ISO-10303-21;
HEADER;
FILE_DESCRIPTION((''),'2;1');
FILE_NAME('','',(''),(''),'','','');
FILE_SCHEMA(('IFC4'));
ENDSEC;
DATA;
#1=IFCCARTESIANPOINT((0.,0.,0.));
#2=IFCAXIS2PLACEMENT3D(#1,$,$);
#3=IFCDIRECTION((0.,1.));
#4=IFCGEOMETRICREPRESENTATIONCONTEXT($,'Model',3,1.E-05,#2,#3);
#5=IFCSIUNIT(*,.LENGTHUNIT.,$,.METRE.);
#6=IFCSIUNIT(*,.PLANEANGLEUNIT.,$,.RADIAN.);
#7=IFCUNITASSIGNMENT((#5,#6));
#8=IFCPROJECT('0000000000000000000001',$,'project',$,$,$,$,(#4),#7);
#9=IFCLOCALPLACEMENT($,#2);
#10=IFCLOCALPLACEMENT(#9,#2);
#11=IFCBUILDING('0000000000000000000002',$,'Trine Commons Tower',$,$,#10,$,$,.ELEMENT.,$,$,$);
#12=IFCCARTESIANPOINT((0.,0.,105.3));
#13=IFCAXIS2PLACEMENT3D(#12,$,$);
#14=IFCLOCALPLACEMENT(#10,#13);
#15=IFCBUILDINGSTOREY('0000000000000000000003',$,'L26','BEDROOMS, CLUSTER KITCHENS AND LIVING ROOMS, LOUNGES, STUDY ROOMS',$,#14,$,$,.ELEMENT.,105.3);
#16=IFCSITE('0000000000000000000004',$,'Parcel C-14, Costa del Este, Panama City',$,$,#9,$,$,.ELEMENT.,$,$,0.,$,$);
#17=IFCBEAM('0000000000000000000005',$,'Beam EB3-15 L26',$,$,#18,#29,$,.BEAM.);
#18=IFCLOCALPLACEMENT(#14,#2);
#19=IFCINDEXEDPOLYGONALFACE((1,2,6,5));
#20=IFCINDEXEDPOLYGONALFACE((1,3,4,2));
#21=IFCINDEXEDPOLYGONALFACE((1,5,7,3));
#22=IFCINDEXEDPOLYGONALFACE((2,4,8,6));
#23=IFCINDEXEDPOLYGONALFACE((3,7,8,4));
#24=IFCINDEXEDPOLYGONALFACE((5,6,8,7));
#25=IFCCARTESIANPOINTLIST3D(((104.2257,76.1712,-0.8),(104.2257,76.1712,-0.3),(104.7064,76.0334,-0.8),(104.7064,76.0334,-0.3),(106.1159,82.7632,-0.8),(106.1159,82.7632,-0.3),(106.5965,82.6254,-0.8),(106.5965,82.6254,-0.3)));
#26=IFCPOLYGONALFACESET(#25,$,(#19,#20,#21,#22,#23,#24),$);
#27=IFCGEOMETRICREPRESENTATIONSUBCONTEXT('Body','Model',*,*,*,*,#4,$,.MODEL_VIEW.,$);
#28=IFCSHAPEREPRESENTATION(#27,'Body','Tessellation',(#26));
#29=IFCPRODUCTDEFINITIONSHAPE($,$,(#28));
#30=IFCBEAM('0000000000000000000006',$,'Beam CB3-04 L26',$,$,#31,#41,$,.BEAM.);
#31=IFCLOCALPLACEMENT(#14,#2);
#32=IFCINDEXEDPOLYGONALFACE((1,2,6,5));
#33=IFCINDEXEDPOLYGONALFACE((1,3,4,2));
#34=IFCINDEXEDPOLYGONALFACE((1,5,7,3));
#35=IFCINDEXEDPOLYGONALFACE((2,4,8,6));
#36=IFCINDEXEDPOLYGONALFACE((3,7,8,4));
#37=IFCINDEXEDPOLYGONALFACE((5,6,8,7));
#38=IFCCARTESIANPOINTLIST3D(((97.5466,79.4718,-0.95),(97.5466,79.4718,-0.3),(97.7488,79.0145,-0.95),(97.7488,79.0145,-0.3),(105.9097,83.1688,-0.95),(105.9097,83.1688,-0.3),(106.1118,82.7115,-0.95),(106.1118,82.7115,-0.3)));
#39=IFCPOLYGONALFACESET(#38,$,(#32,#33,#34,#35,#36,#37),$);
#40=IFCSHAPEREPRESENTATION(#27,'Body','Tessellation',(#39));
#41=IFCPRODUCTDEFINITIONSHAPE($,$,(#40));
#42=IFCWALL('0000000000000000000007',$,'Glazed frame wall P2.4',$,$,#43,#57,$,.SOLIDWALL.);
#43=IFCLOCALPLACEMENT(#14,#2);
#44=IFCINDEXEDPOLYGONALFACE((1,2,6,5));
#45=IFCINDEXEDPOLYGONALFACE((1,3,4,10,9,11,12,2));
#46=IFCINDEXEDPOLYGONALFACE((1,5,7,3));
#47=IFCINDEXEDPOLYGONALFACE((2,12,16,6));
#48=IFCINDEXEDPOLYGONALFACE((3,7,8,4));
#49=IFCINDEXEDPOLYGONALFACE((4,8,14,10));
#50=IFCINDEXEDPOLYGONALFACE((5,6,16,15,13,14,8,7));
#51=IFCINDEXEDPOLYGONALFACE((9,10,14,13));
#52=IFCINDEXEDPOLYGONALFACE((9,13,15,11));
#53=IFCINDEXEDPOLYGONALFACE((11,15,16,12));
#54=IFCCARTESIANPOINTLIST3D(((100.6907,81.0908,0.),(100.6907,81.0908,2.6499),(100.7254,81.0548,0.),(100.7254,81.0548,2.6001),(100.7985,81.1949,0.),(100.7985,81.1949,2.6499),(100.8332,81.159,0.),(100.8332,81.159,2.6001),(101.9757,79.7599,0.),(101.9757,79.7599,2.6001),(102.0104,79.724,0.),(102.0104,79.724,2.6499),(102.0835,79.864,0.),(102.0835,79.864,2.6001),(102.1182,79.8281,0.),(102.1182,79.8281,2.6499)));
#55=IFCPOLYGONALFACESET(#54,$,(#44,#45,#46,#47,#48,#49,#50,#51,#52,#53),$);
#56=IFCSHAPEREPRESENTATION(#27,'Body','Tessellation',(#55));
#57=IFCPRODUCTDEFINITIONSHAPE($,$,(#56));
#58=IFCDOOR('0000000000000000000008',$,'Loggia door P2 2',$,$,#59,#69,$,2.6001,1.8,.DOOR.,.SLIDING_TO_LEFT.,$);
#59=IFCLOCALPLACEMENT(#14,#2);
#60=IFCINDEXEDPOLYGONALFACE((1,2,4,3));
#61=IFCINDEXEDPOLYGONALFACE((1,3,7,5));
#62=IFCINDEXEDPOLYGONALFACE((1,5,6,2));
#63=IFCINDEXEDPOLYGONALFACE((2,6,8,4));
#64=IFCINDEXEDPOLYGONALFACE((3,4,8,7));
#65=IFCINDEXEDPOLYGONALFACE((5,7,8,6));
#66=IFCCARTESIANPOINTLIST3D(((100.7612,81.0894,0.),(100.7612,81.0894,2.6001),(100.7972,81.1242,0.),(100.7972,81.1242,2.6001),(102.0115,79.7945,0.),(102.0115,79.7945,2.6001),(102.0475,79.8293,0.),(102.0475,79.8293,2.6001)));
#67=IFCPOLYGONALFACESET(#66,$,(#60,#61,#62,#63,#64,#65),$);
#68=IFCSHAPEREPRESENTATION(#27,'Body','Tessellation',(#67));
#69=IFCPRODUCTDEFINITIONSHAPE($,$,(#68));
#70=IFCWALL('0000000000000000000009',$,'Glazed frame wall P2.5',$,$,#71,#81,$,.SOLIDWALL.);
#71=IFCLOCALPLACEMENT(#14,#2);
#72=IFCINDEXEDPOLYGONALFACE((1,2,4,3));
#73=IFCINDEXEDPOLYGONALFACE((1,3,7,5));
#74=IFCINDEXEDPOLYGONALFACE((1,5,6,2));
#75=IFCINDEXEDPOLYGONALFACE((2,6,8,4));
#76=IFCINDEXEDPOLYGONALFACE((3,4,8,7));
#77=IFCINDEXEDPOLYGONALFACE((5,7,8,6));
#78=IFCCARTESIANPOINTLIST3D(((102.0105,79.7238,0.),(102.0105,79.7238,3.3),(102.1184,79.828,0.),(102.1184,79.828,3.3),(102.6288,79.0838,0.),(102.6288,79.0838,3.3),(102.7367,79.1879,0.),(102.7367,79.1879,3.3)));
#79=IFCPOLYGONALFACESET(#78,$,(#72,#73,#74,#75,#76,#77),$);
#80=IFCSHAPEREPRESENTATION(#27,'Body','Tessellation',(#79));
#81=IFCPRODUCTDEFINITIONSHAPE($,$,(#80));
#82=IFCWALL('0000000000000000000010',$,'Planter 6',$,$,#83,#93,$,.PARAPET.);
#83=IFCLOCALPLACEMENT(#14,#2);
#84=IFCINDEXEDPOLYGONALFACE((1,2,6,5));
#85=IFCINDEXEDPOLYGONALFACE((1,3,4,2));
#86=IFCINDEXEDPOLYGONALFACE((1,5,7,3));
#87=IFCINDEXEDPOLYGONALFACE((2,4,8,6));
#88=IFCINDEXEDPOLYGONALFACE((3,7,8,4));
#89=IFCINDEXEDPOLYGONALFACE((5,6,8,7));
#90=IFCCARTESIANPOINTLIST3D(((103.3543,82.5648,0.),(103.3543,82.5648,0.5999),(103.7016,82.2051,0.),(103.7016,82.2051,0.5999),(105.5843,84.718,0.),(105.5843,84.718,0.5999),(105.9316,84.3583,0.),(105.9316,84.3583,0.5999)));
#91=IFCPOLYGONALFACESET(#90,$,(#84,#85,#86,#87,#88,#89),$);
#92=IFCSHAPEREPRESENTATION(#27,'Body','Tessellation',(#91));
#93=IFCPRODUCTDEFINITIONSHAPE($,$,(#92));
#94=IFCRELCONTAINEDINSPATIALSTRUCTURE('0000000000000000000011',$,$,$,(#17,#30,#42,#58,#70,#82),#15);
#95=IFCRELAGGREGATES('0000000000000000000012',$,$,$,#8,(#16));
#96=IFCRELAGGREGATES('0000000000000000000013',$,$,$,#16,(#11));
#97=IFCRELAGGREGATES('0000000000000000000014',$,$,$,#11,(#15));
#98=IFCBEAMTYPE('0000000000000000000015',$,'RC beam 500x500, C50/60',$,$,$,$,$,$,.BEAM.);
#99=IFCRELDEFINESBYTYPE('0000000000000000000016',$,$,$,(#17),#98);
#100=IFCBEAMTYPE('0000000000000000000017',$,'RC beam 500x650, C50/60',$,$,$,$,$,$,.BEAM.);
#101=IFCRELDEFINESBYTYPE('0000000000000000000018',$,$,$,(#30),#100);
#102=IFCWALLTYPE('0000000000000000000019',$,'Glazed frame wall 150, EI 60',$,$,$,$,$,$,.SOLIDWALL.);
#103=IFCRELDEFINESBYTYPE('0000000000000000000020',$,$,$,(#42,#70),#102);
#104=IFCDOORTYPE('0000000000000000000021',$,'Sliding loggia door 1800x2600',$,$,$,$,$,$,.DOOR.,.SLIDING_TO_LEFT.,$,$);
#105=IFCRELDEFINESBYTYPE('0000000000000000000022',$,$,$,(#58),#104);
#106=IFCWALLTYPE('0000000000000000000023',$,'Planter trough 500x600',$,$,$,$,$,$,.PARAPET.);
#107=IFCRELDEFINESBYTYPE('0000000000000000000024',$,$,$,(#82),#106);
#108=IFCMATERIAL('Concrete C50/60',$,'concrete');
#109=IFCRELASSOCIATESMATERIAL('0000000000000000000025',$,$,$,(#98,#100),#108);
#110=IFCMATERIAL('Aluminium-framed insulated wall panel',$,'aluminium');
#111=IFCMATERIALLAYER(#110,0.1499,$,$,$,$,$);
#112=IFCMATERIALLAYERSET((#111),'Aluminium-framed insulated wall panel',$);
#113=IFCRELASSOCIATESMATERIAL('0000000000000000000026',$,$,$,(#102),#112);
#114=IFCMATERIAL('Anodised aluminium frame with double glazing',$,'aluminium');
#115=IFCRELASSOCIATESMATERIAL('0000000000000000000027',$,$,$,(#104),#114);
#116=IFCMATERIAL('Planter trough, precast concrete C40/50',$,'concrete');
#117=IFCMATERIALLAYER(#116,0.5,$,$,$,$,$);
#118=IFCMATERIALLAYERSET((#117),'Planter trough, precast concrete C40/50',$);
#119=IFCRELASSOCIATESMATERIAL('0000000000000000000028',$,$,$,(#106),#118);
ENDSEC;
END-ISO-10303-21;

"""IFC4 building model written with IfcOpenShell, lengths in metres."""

from ifc_helpers import new_model, si_unit, direction, frame, frame_2d, origin, origin_2d, place, context, subcontext, project, spatial, polyline, rectangle, outline, extrude, material, layer, layer_set, material_profile, profile_set, type_object, element, fill, save


model = new_model("IFC4")

# Units and contexts
model_context = context("Model", 3, precision=1e-05, world=origin(), true_north=direction((0.0, 1.0)))
body_context = subcontext(model_context, "Body", "Model", "MODEL_VIEW")
ifc_project = project(units=[si_unit("LENGTHUNIT", "METRE"), si_unit("PLANEANGLEUNIT", "RADIAN")], contexts=[model_context])

# Site, building, storey
site_placement = place(None, origin())
site = spatial("IfcSite", under=ifc_project, at=site_placement, Name="Parcel C-14, Costa del Este, Panama City", CompositionType="ELEMENT", RefElevation=0.0)
building_placement = place(site_placement, origin())
building = spatial("IfcBuilding", under=site, at=building_placement, Name="Trine Commons Tower", CompositionType="ELEMENT")
storey_placement = place(building_placement, frame((0.0, 0.0, 105.3)))
storey = spatial("IfcBuildingStorey", under=building, at=storey_placement, Name="L26", Description="BEDROOMS, CLUSTER KITCHENS AND LIVING ROOMS, LOUNGES, STUDY ROOMS", CompositionType="ELEMENT", Elevation=105.3)

# Beams
ifc_material_1 = material(Name="Concrete C50/60", Category="concrete")
ifc_material_profile_1 = material_profile(ifc_material_1, rectangle(XDim=0.5, YDim=0.5, at=origin_2d()), Name="RC 500x500")
ifc_profile_set_1 = profile_set([ifc_material_profile_1], Name="Concrete C50/60")
beam_type_1 = type_object("IfcBeamType", Name="RC beam 500x500, C50/60", PredefinedType="BEAM", material=ifc_profile_set_1)
beam_1_placement = place(storey_placement, frame((106.3562, 82.6943, -0.55), z_axis=(-0.275624, -0.961266, 0.0), x_axis=(0.961266, -0.275624, 0.0)))
element("IfcBeam", 1, at=beam_1_placement, inside=storey, type_object=beam_type_1, Name="Beam EB3-15 L26", PredefinedType="BEAM", context=body_context, shape_type="SweptSolid", body=[
    extrude(rectangle(XDim=0.5, YDim=0.5, at=origin_2d()), origin(), (0.0, 0.0, 1.0), 6.8577),
])
ifc_material_profile_2 = material_profile(ifc_material_1, rectangle(XDim=0.5, YDim=0.6499, at=origin_2d()), Name="RC 500x650")
ifc_profile_set_2 = profile_set([ifc_material_profile_2], Name="Concrete C50/60")
beam_type_2 = type_object("IfcBeamType", Name="RC beam 500x650, C50/60", PredefinedType="BEAM", material=ifc_profile_set_2)
beam_2_placement = place(storey_placement, frame((106.0107, 82.9402, -0.625), z_axis=(-0.914617, -0.404322, 0.0), x_axis=(0.404322, -0.914617, 0.0)))
element("IfcBeam", 2, at=beam_2_placement, inside=storey, type_object=beam_type_2, Name="Beam CB3-04 L26", PredefinedType="BEAM", context=body_context, shape_type="SweptSolid", body=[
    extrude(rectangle(XDim=0.5, YDim=0.6499, at=origin_2d()), origin(), (0.0, 0.0, 1.0), 9.1438),
])

# Wall, opening, door
ifc_material_2 = material(Name="Aluminium-framed insulated wall panel", Category="aluminium")
ifc_layer_1 = layer(ifc_material_2, 0.1499)
ifc_layer_set_1 = layer_set([ifc_layer_1], Name="Aluminium-framed insulated wall panel")
wall_type_1 = type_object("IfcWallType", Name="Glazed frame wall 150, EI 60", PredefinedType="SOLIDWALL", material=ifc_layer_set_1)
wall_1_placement = place(storey_placement, frame((100.7446, 81.1428, 0.0), z_axis=(0.0, 0.0, 1.0), x_axis=(0.694599, -0.719397, 0.0)))
wall_1 = element("IfcWall", 3, at=wall_1_placement, inside=storey, type_object=wall_type_1, Name="Glazed frame wall P2.4", PredefinedType="SOLIDWALL", context=body_context, shape_type="SweptSolid", body=[
    extrude(outline(polyline([(0.0, -0.075), (1.8999, -0.075), (1.8999, 0.075), (0.0, 0.075), (0.0, -0.075)])), origin(), (0.0, 0.0, 1.0), 2.6499),
])
opening_1_placement = place(wall_1_placement, frame((0.05, 0.0, 0.0)))
opening_1 = element("IfcOpeningElement", 4, at=opening_1_placement, cuts=wall_1, PredefinedType="OPENING", context=body_context, shape_type="SweptSolid", body=[
    extrude(rectangle(XDim=1.8, YDim=2.6001, at=frame_2d((0.8999, 1.3))), frame((0.0, 0.085, 0.0), z_axis=(0.0, -1.0, 0.0), x_axis=(1.0, 0.0, 0.0)), (0.0, 0.0, 1.0), 0.1699),
])
ifc_material_3 = material(Name="Anodised aluminium frame with double glazing", Category="aluminium")
door_type = type_object("IfcDoorType", Name="Sliding loggia door 1800x2600", OperationType="SLIDING_TO_LEFT", PredefinedType="DOOR", material=ifc_material_3)
door_1_placement = place(opening_1_placement, origin())
door_1 = element("IfcDoor", 5, at=door_1_placement, inside=storey, type_object=door_type, Name="Loggia door P2 2", OperationType="SLIDING_TO_LEFT", OverallHeight=2.6001, OverallWidth=1.8, PredefinedType="DOOR", context=body_context, shape_type="SweptSolid", body=[
    extrude(rectangle(XDim=1.8, YDim=2.6001, at=frame_2d((0.8999, 1.3))), frame((0.0, 0.0249, 0.0), z_axis=(0.0, -1.0, 0.0), x_axis=(1.0, 0.0, 0.0)), (0.0, 0.0, 1.0), 0.05),
])
fill(opening_1, door_1)

# Wall
wall_2_placement = place(storey_placement, frame((102.0645, 79.7759, 0.0), z_axis=(0.0, 0.0, 1.0), x_axis=(0.694795, -0.719208, 0.0)))
element("IfcWall", 6, at=wall_2_placement, inside=storey, type_object=wall_type_1, Name="Glazed frame wall P2.5", PredefinedType="SOLIDWALL", context=body_context, shape_type="SweptSolid", body=[
    extrude(outline(polyline([(0.8899, 0.075), (0.0, 0.075), (0.0, -0.075), (0.8899, -0.075), (0.8899, 0.075)])), origin(), (0.0, 0.0, 1.0), 3.3),
])

# Wall
ifc_material_4 = material(Name="Planter trough, precast concrete C40/50", Category="concrete")
ifc_layer_2 = layer(ifc_material_4, 0.5)
ifc_layer_set_2 = layer_set([ifc_layer_2], Name="Planter trough, precast concrete C40/50")
wall_type_2 = type_object("IfcWallType", Name="Planter trough 500x600", PredefinedType="PARAPET", material=ifc_layer_set_2)
wall_3_placement = place(storey_placement, frame((103.5281, 82.385, 0.0), z_axis=(0.0, 0.0, 1.0), x_axis=(0.719363, 0.694634, 0.0)))
element("IfcWall", 7, at=wall_3_placement, inside=storey, type_object=wall_type_2, Name="Planter 6", PredefinedType="PARAPET", context=body_context, shape_type="SweptSolid", body=[
    extrude(rectangle(XDim=3.0999, YDim=0.5, at=frame_2d((1.5498, 0.0))), origin(), (0.0, 0.0, 1.0), 0.5999),
])

save(model, "model.ifc")
